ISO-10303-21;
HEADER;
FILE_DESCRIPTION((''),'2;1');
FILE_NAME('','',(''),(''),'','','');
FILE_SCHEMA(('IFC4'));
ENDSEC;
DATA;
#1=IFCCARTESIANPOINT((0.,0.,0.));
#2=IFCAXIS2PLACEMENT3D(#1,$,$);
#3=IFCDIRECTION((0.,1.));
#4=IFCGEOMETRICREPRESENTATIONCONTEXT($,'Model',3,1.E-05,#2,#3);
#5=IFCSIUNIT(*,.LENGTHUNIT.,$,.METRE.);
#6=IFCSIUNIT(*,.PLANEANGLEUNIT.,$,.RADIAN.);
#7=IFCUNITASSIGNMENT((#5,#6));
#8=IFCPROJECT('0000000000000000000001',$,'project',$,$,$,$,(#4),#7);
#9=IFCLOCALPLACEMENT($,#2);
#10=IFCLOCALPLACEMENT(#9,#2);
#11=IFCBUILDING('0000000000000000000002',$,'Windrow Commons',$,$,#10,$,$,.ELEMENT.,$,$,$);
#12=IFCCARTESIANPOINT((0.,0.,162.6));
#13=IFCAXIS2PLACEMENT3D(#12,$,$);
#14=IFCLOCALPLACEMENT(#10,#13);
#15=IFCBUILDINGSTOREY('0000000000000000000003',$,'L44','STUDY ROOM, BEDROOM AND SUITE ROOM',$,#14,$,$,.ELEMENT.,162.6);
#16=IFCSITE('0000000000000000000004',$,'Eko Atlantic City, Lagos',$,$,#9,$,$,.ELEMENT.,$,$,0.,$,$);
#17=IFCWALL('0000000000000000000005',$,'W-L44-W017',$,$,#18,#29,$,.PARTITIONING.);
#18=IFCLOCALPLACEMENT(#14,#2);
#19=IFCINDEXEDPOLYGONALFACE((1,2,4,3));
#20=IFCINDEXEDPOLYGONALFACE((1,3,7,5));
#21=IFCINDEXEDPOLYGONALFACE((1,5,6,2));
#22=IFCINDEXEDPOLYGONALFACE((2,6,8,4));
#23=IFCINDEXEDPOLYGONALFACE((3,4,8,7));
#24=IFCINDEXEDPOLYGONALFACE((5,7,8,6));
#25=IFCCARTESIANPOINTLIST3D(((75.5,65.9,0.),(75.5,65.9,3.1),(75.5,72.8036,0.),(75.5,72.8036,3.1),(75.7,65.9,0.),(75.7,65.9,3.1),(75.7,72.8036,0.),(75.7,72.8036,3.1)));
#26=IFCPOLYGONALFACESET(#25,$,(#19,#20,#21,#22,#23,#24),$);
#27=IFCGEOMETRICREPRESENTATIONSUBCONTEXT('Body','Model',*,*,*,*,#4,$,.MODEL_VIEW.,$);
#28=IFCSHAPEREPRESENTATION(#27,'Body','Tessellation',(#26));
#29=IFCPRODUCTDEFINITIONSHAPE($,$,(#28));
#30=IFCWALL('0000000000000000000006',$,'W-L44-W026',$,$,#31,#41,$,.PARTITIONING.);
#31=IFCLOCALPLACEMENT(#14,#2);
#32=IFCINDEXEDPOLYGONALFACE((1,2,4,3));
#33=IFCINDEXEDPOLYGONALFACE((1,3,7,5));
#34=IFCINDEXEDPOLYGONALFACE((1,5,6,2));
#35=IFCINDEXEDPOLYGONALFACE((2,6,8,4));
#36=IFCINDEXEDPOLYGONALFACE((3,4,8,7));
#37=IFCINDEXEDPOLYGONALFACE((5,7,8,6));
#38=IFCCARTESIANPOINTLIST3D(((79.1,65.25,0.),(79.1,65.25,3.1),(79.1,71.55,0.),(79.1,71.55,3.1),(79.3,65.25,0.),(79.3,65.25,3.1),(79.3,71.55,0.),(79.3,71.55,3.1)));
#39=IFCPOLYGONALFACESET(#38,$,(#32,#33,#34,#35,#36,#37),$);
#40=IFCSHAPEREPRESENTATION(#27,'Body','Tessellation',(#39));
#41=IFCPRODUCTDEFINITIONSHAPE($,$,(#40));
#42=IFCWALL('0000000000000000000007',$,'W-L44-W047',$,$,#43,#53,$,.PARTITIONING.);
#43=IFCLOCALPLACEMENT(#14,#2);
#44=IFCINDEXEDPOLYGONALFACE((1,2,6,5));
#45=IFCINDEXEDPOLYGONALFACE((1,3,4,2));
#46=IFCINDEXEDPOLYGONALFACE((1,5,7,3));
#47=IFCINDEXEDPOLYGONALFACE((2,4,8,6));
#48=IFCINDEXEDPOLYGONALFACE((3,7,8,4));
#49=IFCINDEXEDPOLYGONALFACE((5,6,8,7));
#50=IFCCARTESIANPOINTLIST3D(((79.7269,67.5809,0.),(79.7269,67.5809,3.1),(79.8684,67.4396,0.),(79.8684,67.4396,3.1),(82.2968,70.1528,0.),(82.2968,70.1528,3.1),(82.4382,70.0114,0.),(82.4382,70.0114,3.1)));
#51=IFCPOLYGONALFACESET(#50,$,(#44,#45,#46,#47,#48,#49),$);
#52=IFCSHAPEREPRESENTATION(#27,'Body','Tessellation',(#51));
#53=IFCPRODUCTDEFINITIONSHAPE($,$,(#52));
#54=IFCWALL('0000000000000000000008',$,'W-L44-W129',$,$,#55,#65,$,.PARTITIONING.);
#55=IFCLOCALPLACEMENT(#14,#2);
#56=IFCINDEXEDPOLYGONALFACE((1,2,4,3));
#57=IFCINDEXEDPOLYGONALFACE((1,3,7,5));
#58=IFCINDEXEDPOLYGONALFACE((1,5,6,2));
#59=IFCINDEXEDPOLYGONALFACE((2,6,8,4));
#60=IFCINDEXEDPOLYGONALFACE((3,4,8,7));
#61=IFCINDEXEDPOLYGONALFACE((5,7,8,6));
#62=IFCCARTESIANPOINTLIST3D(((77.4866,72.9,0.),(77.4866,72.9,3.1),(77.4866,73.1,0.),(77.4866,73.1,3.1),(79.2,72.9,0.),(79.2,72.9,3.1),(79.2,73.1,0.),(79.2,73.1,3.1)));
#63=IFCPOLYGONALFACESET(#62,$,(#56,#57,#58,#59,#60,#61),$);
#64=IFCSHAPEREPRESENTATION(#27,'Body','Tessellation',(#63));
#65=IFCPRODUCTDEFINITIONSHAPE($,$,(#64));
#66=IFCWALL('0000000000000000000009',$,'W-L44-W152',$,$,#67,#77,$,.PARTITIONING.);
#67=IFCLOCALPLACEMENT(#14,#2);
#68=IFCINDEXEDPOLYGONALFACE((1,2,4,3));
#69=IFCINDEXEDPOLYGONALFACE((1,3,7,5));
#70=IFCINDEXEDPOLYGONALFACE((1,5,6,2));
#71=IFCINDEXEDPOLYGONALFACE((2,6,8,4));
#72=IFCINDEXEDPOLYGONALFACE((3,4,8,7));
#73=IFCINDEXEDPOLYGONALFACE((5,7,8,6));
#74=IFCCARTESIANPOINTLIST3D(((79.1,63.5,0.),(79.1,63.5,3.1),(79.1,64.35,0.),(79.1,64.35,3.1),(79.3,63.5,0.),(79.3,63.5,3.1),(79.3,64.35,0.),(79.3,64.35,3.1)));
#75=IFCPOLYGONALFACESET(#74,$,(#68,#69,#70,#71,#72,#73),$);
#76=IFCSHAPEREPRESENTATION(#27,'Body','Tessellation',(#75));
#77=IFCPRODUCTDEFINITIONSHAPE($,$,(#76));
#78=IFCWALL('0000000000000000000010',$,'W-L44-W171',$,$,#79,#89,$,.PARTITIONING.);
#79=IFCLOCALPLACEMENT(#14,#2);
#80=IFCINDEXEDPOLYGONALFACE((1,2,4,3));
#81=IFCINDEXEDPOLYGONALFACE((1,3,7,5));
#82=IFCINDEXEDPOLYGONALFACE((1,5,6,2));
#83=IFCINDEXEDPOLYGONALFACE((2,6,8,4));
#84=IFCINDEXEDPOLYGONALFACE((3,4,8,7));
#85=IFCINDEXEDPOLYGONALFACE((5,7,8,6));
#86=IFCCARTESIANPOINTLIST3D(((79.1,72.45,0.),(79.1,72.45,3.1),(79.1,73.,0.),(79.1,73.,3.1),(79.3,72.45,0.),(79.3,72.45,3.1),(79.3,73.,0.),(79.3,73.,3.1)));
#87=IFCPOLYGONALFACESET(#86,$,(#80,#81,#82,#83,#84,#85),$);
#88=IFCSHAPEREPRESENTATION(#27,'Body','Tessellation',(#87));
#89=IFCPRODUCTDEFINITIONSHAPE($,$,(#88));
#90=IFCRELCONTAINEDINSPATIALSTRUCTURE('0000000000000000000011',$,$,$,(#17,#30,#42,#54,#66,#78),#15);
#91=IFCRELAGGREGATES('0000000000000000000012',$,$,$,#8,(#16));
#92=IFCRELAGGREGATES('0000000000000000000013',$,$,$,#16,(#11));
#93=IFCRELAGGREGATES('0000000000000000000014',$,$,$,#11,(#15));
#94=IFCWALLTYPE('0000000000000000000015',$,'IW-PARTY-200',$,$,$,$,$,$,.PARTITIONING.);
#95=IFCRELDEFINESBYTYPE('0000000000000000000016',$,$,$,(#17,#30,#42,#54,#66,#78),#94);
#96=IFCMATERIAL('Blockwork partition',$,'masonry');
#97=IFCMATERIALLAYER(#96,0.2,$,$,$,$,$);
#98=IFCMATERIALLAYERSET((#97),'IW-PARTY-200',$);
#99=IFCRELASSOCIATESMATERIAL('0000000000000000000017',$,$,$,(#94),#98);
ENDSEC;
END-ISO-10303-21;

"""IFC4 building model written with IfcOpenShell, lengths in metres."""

from ifc_helpers import new_model, si_unit, direction, frame, frame_2d, origin, place, context, subcontext, project, spatial, rectangle, extrude, material, layer, layer_set, type_object, element, save


model = new_model("IFC4")

# Units and contexts
model_context = context("Model", 3, precision=1e-05, world=origin(), true_north=direction((0.0, 1.0)))
body_context = subcontext(model_context, "Body", "Model", "MODEL_VIEW")
ifc_project = project(units=[si_unit("LENGTHUNIT", "METRE"), si_unit("PLANEANGLEUNIT", "RADIAN")], contexts=[model_context])

# Site, building, storey
site_placement = place(None, origin())
site = spatial("IfcSite", under=ifc_project, at=site_placement, Name="Eko Atlantic City, Lagos", CompositionType="ELEMENT", RefElevation=0.0)
building_placement = place(site_placement, origin())
building = spatial("IfcBuilding", under=site, at=building_placement, Name="Windrow Commons", CompositionType="ELEMENT")
storey_placement = place(building_placement, frame((0.0, 0.0, 162.6)))
storey = spatial("IfcBuildingStorey", under=building, at=storey_placement, Name="L44", Description="STUDY ROOM, BEDROOM AND SUITE ROOM", CompositionType="ELEMENT", Elevation=162.6)

# Walls
ifc_material_1 = material(Name="Blockwork partition", Category="masonry")
ifc_layer_1 = layer(ifc_material_1, 0.2)
ifc_layer_set_1 = layer_set([ifc_layer_1], Name="IW-PARTY-200")
wall_type_1 = type_object("IfcWallType", Name="IW-PARTY-200", PredefinedType="PARTITIONING", material=ifc_layer_set_1)
wall_1_placement = place(storey_placement, frame((75.6, 65.9, 0.0), z_axis=(0.0, 0.0, 1.0), x_axis=(0.0, 1.0, 0.0)))
element("IfcWall", 1, at=wall_1_placement, inside=storey, type_object=wall_type_1, Name="W-L44-W017", PredefinedType="PARTITIONING", context=body_context, shape_type="SweptSolid", body=[
    extrude(rectangle(XDim=6.9036, YDim=0.2, at=frame_2d((3.4518, 0.0))), origin(), (0.0, 0.0, 1.0), 3.1),
])
wall_2_placement = place(storey_placement, frame((79.2, 65.25, 0.0), z_axis=(0.0, 0.0, 1.0), x_axis=(0.0, 1.0, 0.0)))
element("IfcWall", 2, at=wall_2_placement, inside=storey, type_object=wall_type_1, Name="W-L44-W026", PredefinedType="PARTITIONING", context=body_context, shape_type="SweptSolid", body=[
    extrude(rectangle(XDim=6.3, YDim=0.2, at=frame_2d((3.15, 0.0))), origin(), (0.0, 0.0, 1.0), 3.1),
])
wall_3_placement = place(storey_placement, frame((79.7977, 67.5103, 0.0), z_axis=(0.0, 0.0, 1.0), x_axis=(0.706832, 0.707382, 0.0)))
element("IfcWall", 3, at=wall_3_placement, inside=storey, type_object=wall_type_1, Name="W-L44-W047", PredefinedType="PARTITIONING", context=body_context, shape_type="SweptSolid", body=[
    extrude(rectangle(XDim=3.6357, YDim=0.2, at=frame_2d((1.8178, 0.0))), origin(), (0.0, 0.0, 1.0), 3.1),
])
wall_4_placement = place(storey_placement, frame((77.4866, 73.0, 0.0), z_axis=(0.0, 0.0, 1.0), x_axis=(1.0, 0.0, 0.0)))
element("IfcWall", 4, at=wall_4_placement, inside=storey, type_object=wall_type_1, Name="W-L44-W129", PredefinedType="PARTITIONING", context=body_context, shape_type="SweptSolid", body=[
    extrude(rectangle(XDim=1.7134, YDim=0.2, at=frame_2d((0.8567, 0.0))), origin(), (0.0, 0.0, 1.0), 3.1),
])
wall_5_placement = place(storey_placement, frame((79.2, 63.5, 0.0), z_axis=(0.0, 0.0, 1.0), x_axis=(0.0, 1.0, 0.0)))
element("IfcWall", 5, at=wall_5_placement, inside=storey, type_object=wall_type_1, Name="W-L44-W152", PredefinedType="PARTITIONING", context=body_context, shape_type="SweptSolid", body=[
    extrude(rectangle(XDim=0.85, YDim=0.2, at=frame_2d((0.425, 0.0))), origin(), (0.0, 0.0, 1.0), 3.1),
])
wall_6_placement = place(storey_placement, frame((79.2, 72.45, 0.0), z_axis=(0.0, 0.0, 1.0), x_axis=(0.0, 1.0, 0.0)))
element("IfcWall", 6, at=wall_6_placement, inside=storey, type_object=wall_type_1, Name="W-L44-W171", PredefinedType="PARTITIONING", context=body_context, shape_type="SweptSolid", body=[
    extrude(rectangle(XDim=0.55, YDim=0.2, at=frame_2d((0.275, 0.0))), origin(), (0.0, 0.0, 1.0), 3.1),
])

save(model, "model.ifc")
